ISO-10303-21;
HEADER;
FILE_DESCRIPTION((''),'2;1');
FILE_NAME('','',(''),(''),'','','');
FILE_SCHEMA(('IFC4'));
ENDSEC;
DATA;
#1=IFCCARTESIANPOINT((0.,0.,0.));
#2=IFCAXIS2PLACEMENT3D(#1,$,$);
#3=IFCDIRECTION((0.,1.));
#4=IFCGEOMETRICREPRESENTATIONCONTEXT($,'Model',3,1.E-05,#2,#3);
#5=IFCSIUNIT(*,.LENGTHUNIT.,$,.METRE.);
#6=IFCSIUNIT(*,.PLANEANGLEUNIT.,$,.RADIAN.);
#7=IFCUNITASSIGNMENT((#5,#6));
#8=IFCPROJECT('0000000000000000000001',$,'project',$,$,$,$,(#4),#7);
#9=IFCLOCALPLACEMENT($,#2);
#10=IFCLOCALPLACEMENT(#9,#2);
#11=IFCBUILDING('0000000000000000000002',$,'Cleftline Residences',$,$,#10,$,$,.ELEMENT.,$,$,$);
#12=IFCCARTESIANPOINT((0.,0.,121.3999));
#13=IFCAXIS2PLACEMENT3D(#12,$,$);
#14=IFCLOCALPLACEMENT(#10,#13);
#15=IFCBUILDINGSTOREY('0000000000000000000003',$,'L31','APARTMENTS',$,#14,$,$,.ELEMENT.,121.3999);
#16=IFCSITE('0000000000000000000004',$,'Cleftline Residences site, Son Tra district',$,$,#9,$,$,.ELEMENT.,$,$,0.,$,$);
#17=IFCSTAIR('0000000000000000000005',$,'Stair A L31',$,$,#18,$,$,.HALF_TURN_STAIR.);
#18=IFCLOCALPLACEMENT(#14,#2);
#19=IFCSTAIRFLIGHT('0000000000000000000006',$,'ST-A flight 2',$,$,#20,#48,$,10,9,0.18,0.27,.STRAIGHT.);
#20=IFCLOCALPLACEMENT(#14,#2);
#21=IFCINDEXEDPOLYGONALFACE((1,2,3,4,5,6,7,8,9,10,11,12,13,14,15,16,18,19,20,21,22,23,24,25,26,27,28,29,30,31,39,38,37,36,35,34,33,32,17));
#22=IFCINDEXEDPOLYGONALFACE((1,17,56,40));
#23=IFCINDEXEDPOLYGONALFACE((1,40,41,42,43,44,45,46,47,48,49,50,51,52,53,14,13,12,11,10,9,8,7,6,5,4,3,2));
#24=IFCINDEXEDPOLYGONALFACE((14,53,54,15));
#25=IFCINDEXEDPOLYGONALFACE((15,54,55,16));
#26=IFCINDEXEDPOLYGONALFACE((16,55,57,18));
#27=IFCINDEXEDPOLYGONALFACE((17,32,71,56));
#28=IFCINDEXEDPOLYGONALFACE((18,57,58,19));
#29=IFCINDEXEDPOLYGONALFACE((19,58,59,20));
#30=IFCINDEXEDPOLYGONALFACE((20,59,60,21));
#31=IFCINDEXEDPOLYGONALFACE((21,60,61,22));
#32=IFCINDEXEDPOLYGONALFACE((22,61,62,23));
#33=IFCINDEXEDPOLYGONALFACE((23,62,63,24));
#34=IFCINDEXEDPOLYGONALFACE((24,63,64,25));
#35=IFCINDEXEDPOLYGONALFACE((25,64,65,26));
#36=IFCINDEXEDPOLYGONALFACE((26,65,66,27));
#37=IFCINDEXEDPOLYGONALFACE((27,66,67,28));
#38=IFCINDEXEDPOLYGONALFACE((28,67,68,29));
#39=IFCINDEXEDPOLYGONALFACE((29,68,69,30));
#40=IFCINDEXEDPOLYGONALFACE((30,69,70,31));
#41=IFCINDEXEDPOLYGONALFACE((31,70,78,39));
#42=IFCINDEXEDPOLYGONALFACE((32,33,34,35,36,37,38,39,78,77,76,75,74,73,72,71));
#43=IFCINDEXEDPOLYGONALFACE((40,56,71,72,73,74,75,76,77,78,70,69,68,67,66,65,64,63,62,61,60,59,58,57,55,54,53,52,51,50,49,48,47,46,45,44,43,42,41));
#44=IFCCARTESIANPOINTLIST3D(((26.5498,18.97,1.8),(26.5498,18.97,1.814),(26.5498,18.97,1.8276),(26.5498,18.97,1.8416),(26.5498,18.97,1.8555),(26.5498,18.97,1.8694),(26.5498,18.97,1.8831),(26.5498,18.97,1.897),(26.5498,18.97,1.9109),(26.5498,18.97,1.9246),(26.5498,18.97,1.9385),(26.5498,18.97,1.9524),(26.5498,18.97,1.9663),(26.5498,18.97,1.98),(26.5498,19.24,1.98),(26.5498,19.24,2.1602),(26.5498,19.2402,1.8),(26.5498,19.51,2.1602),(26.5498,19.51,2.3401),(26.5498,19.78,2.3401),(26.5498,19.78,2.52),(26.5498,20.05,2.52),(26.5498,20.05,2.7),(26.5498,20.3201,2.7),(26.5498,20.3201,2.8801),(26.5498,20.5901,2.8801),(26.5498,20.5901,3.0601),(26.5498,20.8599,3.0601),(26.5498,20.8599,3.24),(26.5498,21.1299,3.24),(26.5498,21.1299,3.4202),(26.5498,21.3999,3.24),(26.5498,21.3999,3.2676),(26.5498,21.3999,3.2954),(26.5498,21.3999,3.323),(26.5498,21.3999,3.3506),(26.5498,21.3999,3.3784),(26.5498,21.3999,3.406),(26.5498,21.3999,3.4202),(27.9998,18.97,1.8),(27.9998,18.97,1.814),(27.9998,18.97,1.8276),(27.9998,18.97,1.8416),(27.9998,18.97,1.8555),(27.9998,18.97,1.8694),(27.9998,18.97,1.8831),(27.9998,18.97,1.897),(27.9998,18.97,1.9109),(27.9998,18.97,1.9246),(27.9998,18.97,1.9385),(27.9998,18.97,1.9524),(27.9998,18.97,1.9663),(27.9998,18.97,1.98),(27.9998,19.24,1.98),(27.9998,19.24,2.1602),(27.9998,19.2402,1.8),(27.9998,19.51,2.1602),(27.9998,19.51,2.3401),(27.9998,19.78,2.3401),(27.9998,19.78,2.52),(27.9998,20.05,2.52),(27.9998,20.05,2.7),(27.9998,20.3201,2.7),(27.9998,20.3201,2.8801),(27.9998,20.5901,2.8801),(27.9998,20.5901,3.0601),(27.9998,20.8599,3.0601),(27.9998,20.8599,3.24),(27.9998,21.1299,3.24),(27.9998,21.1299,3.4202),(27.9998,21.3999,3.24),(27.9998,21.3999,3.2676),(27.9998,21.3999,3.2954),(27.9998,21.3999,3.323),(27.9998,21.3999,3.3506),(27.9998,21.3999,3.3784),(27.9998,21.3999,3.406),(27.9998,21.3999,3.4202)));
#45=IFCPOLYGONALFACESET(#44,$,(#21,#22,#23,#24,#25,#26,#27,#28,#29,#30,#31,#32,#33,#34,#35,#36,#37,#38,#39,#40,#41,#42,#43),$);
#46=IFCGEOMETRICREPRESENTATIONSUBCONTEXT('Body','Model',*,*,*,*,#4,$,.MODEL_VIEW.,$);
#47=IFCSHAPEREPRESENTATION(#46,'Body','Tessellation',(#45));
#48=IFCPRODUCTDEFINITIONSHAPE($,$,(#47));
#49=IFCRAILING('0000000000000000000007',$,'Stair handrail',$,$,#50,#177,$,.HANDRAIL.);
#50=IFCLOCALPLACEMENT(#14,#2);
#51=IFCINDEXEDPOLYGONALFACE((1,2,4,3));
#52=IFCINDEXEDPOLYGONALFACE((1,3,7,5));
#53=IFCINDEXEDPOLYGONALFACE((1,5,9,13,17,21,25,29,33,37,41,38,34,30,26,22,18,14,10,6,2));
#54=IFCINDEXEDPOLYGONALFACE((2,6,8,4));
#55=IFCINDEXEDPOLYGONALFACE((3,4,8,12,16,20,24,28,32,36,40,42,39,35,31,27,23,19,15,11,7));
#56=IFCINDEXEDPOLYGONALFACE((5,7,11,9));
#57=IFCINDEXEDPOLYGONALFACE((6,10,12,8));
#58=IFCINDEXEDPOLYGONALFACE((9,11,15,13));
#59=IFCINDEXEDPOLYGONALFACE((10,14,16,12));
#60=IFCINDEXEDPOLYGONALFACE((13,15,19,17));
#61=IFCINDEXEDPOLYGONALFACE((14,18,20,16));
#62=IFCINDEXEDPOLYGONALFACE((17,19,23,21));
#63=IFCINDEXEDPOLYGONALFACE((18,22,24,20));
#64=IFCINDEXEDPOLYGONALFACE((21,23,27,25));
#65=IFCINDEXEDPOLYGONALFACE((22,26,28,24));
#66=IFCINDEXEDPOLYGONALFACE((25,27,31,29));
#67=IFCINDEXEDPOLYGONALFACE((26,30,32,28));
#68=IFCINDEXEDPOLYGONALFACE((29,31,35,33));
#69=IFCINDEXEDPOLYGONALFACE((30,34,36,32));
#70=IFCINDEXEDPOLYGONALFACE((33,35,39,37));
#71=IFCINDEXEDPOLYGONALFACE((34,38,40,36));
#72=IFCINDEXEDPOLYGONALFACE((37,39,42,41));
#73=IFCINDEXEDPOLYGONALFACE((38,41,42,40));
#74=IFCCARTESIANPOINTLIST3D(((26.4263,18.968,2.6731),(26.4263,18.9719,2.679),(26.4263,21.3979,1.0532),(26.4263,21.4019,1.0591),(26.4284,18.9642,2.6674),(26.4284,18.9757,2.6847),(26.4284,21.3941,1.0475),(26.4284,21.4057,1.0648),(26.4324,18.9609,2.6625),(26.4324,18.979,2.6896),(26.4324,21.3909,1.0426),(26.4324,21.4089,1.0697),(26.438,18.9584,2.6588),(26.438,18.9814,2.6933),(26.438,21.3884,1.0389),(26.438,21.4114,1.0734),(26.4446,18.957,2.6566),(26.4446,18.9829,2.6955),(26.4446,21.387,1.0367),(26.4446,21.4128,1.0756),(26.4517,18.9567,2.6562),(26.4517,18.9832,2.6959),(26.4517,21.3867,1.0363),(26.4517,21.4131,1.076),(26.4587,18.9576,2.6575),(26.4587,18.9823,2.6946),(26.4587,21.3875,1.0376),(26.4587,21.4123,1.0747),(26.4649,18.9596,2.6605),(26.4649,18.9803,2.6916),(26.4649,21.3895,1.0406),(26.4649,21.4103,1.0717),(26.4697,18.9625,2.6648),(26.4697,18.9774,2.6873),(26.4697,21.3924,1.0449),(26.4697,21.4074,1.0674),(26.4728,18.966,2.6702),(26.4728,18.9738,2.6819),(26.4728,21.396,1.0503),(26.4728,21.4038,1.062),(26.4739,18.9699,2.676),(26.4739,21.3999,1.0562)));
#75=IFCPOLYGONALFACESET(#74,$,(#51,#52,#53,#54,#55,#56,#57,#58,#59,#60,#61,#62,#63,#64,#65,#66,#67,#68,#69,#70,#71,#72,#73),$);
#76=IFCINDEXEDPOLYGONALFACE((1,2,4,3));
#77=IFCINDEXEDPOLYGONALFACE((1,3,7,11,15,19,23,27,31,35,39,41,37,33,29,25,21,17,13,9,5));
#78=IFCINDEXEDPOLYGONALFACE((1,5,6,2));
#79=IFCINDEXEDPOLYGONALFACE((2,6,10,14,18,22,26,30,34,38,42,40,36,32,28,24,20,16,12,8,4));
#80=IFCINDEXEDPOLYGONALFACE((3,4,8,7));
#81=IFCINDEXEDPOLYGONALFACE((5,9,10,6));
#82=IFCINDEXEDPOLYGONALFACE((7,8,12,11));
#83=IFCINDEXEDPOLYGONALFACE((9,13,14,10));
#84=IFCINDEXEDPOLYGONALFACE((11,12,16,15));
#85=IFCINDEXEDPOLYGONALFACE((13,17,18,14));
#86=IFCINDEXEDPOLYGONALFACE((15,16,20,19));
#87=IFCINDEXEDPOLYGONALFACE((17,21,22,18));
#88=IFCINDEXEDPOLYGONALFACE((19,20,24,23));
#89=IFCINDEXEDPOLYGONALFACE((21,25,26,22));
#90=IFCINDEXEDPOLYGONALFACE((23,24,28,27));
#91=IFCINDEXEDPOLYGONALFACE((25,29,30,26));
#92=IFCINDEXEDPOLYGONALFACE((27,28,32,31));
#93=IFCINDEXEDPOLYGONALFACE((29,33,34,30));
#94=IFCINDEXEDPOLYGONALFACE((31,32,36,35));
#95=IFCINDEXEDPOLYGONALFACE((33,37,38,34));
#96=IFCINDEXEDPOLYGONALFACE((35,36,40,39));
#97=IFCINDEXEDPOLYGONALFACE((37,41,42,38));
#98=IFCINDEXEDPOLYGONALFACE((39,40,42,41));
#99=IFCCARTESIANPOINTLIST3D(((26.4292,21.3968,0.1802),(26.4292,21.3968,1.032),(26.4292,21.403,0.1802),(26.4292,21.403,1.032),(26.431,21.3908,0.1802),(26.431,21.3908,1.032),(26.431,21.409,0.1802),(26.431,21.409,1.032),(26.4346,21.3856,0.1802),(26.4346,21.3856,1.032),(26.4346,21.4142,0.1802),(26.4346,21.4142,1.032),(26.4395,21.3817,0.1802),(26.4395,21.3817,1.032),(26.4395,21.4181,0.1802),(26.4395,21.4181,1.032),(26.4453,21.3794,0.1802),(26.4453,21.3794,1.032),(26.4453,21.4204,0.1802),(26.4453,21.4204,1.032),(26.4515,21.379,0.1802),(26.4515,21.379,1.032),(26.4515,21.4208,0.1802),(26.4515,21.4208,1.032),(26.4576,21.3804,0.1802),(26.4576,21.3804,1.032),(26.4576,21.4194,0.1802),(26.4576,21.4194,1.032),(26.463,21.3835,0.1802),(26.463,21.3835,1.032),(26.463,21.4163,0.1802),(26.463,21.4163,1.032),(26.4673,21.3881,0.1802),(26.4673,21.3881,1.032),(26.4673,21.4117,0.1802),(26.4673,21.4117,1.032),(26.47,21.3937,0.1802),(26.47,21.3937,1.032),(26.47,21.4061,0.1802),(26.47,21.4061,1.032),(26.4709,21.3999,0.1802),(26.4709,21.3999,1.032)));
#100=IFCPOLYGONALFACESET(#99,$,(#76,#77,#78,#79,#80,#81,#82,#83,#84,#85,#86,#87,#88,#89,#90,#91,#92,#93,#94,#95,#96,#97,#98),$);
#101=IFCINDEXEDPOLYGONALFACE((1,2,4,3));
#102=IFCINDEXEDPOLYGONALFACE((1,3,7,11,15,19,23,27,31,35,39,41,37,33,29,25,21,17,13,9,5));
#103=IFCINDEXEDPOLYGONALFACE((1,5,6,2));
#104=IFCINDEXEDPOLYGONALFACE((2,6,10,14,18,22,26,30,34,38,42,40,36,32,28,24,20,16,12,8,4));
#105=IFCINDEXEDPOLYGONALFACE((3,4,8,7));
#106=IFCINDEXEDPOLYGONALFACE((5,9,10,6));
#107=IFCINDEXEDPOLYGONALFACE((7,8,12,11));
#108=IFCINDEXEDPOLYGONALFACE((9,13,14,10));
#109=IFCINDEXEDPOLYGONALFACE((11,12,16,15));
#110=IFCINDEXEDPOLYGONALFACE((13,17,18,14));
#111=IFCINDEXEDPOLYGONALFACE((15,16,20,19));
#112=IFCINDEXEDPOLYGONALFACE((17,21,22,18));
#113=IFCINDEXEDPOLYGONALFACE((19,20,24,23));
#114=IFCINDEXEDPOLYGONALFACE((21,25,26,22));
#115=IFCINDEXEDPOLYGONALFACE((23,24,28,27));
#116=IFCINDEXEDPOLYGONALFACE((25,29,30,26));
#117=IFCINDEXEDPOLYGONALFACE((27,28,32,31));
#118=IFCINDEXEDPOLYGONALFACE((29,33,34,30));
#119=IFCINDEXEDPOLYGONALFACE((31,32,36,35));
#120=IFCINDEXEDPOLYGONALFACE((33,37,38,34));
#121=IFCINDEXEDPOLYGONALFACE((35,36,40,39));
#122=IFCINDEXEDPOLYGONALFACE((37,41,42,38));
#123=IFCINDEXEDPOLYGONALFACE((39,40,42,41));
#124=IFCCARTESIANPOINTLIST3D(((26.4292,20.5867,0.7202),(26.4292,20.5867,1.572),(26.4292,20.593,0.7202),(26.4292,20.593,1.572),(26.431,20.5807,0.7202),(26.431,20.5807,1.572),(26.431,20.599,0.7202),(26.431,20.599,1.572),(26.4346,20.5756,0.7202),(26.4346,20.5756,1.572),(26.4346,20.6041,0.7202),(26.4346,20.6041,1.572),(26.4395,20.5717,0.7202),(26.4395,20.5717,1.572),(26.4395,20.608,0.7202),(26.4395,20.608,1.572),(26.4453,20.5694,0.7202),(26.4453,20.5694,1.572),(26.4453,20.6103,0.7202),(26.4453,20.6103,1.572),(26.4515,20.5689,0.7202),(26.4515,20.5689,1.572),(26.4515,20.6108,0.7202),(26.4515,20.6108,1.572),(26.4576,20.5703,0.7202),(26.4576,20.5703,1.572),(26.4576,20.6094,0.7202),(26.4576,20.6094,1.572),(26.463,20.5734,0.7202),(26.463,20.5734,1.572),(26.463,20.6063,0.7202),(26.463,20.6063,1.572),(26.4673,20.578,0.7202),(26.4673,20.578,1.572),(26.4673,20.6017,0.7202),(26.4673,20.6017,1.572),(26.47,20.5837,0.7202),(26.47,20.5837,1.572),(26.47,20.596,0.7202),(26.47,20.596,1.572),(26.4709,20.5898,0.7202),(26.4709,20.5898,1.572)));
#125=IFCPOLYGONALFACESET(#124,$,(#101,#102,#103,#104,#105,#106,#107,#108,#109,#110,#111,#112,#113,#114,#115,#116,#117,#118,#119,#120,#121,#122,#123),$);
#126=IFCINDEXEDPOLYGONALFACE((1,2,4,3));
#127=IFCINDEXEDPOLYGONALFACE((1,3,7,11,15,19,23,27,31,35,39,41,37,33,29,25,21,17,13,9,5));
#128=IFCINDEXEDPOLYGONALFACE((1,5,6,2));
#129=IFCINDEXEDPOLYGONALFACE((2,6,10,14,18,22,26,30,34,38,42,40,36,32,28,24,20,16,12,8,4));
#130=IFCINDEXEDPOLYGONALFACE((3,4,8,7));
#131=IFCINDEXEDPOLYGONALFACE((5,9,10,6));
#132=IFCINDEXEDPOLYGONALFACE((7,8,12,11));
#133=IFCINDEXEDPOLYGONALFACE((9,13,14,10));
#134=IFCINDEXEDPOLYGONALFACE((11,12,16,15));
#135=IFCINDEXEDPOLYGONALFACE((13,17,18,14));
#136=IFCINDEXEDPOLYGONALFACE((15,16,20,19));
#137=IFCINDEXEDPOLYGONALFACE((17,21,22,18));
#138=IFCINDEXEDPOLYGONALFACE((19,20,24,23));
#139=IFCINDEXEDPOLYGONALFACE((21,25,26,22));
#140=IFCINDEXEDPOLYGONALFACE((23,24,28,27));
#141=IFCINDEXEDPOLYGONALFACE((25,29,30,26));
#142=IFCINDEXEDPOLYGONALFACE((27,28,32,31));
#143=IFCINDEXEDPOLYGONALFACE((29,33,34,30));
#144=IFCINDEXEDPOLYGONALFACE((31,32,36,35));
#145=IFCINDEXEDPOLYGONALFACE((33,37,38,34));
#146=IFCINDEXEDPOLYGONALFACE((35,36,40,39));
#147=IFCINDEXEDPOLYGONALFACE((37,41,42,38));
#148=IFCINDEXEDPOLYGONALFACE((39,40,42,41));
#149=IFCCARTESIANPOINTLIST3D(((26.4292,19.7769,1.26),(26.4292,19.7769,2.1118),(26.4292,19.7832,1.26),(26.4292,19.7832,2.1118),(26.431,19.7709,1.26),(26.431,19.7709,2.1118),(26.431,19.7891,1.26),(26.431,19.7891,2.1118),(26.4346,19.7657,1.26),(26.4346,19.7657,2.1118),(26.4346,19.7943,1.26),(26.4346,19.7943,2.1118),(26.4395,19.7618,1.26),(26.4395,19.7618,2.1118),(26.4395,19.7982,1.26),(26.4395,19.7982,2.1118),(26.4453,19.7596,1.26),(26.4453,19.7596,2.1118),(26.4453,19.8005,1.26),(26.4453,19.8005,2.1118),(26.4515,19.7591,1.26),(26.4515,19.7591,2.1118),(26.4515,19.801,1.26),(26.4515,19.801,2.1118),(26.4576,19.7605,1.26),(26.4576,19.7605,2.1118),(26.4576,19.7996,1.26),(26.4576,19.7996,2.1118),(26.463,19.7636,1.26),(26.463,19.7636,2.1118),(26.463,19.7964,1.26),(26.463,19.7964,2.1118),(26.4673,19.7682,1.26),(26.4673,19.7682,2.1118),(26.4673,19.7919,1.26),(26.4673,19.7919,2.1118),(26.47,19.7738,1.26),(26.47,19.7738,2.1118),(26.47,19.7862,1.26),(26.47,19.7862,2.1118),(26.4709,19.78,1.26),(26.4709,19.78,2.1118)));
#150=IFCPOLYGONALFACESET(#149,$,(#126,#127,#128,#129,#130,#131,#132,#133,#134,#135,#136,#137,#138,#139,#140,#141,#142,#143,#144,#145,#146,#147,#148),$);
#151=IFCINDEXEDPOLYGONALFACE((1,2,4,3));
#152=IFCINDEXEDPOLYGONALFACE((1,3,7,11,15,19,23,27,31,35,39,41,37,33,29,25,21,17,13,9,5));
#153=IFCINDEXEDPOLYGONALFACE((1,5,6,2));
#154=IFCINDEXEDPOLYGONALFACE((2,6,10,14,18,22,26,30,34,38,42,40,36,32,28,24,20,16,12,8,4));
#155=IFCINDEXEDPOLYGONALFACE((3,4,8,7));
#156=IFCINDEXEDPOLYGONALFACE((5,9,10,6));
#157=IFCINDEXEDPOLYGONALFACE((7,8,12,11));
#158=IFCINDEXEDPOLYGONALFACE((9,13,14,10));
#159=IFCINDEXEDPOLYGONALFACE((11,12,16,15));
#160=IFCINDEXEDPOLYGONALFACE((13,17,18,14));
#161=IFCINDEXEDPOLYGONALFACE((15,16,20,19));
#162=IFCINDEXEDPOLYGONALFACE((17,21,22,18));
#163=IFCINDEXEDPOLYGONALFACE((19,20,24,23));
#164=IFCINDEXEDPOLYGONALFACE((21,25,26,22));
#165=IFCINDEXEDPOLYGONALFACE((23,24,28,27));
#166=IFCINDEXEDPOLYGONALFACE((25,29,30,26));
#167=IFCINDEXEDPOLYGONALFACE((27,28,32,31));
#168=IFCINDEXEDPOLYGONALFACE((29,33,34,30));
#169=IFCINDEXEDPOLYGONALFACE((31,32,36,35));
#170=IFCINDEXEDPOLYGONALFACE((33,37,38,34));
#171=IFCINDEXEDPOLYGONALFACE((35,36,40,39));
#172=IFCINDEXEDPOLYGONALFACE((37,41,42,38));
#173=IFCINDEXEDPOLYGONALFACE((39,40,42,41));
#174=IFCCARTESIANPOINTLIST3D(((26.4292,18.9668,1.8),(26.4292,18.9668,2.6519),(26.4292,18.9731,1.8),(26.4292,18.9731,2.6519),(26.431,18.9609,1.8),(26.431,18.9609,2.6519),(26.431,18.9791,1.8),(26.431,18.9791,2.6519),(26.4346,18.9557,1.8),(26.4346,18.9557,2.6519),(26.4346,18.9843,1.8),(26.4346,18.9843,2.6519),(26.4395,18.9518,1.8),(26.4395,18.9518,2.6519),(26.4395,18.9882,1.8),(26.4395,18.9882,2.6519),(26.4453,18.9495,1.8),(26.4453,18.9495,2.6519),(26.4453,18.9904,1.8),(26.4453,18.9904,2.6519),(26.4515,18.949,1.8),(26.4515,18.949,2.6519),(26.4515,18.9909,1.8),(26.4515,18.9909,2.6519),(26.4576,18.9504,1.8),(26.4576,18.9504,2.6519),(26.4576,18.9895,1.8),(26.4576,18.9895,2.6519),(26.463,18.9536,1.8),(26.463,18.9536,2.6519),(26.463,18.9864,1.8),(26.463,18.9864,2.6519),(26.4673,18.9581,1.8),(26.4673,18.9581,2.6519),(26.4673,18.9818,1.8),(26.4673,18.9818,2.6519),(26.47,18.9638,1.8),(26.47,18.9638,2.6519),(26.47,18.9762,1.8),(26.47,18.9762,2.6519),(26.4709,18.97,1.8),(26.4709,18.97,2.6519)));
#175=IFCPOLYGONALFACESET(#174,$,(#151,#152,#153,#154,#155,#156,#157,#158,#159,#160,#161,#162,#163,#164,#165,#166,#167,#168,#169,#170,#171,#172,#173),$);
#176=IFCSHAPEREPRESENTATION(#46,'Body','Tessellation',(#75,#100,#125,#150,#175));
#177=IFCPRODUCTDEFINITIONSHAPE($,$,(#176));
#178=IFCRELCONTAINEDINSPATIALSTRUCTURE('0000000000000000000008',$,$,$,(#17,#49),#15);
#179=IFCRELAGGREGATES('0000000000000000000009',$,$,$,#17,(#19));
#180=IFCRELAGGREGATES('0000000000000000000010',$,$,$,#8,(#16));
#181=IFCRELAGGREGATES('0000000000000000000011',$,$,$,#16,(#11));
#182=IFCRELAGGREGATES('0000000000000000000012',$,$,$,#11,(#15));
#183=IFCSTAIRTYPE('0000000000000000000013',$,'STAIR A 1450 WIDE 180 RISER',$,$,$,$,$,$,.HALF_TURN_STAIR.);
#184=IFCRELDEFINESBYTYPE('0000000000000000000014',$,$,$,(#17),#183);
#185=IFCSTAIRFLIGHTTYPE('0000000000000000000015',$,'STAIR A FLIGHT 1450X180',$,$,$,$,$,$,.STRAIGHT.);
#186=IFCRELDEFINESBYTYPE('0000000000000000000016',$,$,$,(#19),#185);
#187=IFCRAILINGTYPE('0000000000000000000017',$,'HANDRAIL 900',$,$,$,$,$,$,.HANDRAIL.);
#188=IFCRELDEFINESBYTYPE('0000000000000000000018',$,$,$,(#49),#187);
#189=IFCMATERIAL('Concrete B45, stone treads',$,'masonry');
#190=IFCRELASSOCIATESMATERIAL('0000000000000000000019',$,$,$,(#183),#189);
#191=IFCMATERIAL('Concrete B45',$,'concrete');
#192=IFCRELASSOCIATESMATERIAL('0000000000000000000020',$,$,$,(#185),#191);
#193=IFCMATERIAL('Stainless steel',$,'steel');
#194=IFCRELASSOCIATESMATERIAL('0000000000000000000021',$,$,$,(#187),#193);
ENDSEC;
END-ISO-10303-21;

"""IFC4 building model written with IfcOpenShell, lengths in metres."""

from ifc_helpers import new_model, si_unit, direction, frame, origin, origin_2d, place, context, subcontext, project, spatial, polyline, circle, outline, extrude, material, type_object, element, aggregate, save


model = new_model("IFC4")

# Units and contexts
model_context = context("Model", 3, precision=1e-05, world=origin(), true_north=direction((0.0, 1.0)))
body_context = subcontext(model_context, "Body", "Model", "MODEL_VIEW")
ifc_project = project(units=[si_unit("LENGTHUNIT", "METRE"), si_unit("PLANEANGLEUNIT", "RADIAN")], contexts=[model_context])

# Site, building, storey
site_placement = place(None, origin())
site = spatial("IfcSite", under=ifc_project, at=site_placement, Name="Cleftline Residences site, Son Tra district", CompositionType="ELEMENT", RefElevation=0.0)
building_placement = place(site_placement, origin())
building = spatial("IfcBuilding", under=site, at=building_placement, Name="Cleftline Residences", CompositionType="ELEMENT")
storey_placement = place(building_placement, frame((0.0, 0.0, 121.3999)))
storey = spatial("IfcBuildingStorey", under=building, at=storey_placement, Name="L31", Description="APARTMENTS", CompositionType="ELEMENT", Elevation=121.3999)

# Stair, stair flight
ifc_material_1 = material(Name="Concrete B45, stone treads", Category="masonry")
stair_type = type_object("IfcStairType", Name="STAIR A 1450 WIDE 180 RISER", PredefinedType="HALF_TURN_STAIR", material=ifc_material_1)
stair_placement = place(storey_placement, origin())
stair = element("IfcStair", 1, at=stair_placement, inside=storey, type_object=stair_type, Name="Stair A L31", PredefinedType="HALF_TURN_STAIR")
ifc_material_2 = material(Name="Concrete B45", Category="concrete")
stair_flight_type = type_object("IfcStairFlightType", Name="STAIR A FLIGHT 1450X180", PredefinedType="STRAIGHT", material=ifc_material_2)
stair_flight_1_placement = place(storey_placement, frame((27.2749, 18.97, 1.8), z_axis=(0.0, 0.0, 1.0), x_axis=(0.0, 1.0, 0.0)))
stair_flight_1 = element("IfcStairFlight", 2, at=stair_flight_1_placement, type_object=stair_flight_type, Name="ST-A flight 2", NumberOfRisers=10, NumberOfTreads=9, PredefinedType="STRAIGHT", RiserHeight=0.18, TreadLength=0.27, context=body_context, shape_type="SweptSolid", body=[
    extrude(outline(polyline([(0.0, 0.0), (0.0, 0.0139), (0.0, 0.0276), (0.0, 0.0415), (0.0, 0.0554), (0.0, 0.0693), (0.0, 0.083), (0.0, 0.0969), (0.0, 0.1108), (0.0, 0.1245), (0.0, 0.1384), (0.0, 0.1523), (0.0, 0.1663), (0.0, 0.1799), (0.27, 0.1799), (0.27, 0.3601), (0.54, 0.3601), (0.54, 0.54), (0.8101, 0.54), (0.8101, 0.72), (1.0801, 0.72), (1.0801, 0.8999), (1.3501, 0.8999), (1.3501, 1.0801), (1.6201, 1.0801), (1.6201, 1.26), (1.8899, 1.26), (1.8899, 1.4399), (2.1599, 1.4399), (2.1599, 1.6201), (2.4299, 1.6201), (2.4299, 1.8), (2.4299, 1.7722), (2.4299, 1.7446), (2.4299, 1.7168), (2.4299, 1.6892), (2.4299, 1.6614), (2.4299, 1.6338), (2.4299, 1.606), (2.4299, 1.5784), (2.4299, 1.5505), (2.4299, 1.5229), (2.4299, 1.4954), (2.4299, 1.4675), (2.4299, 1.4399), (0.2703, 0.0), (0.0, 0.0)])), frame((0.0, 0.7251, 0.0), z_axis=(0.0, -1.0, 0.0), x_axis=(1.0, 0.0, 0.0)), (0.0, 0.0, 1.0), 1.45),
])
aggregate(stair, [stair_flight_1])

# Railing
ifc_material_3 = material(Name="Stainless steel", Category="steel")
railing_type = type_object("IfcRailingType", Name="HANDRAIL 900", PredefinedType="HANDRAIL", material=ifc_material_3)
railing_1_placement = place(storey_placement, frame((26.45, 21.3999, 0.1802)))
element("IfcRailing", 3, at=railing_1_placement, inside=storey, type_object=railing_type, Name="Stair handrail", PredefinedType="HANDRAIL", context=body_context, shape_type="SweptSolid", body=[
    extrude(circle(Radius=0.0239, at=origin_2d()), frame((0.0, 0.0, 0.876), z_axis=(0.0, -0.832063, 0.554681), x_axis=(1.0, 0.0, 0.0)), (0.0, 0.0, 1.0), 2.9204),
    extrude(circle(Radius=0.021, at=origin_2d()), origin(), (0.0, 0.0, 1.0), 0.8518),
    extrude(circle(Radius=0.021, at=origin_2d()), frame((0.0, -0.8101, 0.54)), (0.0, 0.0, 1.0), 0.8518),
    extrude(circle(Radius=0.021, at=origin_2d()), frame((0.0, -1.6199, 1.0798)), (0.0, 0.0, 1.0), 0.8518),
    extrude(circle(Radius=0.021, at=origin_2d()), frame((0.0, -2.4299, 1.6199)), (0.0, 0.0, 1.0), 0.8518),
])

save(model, "model.ifc")
